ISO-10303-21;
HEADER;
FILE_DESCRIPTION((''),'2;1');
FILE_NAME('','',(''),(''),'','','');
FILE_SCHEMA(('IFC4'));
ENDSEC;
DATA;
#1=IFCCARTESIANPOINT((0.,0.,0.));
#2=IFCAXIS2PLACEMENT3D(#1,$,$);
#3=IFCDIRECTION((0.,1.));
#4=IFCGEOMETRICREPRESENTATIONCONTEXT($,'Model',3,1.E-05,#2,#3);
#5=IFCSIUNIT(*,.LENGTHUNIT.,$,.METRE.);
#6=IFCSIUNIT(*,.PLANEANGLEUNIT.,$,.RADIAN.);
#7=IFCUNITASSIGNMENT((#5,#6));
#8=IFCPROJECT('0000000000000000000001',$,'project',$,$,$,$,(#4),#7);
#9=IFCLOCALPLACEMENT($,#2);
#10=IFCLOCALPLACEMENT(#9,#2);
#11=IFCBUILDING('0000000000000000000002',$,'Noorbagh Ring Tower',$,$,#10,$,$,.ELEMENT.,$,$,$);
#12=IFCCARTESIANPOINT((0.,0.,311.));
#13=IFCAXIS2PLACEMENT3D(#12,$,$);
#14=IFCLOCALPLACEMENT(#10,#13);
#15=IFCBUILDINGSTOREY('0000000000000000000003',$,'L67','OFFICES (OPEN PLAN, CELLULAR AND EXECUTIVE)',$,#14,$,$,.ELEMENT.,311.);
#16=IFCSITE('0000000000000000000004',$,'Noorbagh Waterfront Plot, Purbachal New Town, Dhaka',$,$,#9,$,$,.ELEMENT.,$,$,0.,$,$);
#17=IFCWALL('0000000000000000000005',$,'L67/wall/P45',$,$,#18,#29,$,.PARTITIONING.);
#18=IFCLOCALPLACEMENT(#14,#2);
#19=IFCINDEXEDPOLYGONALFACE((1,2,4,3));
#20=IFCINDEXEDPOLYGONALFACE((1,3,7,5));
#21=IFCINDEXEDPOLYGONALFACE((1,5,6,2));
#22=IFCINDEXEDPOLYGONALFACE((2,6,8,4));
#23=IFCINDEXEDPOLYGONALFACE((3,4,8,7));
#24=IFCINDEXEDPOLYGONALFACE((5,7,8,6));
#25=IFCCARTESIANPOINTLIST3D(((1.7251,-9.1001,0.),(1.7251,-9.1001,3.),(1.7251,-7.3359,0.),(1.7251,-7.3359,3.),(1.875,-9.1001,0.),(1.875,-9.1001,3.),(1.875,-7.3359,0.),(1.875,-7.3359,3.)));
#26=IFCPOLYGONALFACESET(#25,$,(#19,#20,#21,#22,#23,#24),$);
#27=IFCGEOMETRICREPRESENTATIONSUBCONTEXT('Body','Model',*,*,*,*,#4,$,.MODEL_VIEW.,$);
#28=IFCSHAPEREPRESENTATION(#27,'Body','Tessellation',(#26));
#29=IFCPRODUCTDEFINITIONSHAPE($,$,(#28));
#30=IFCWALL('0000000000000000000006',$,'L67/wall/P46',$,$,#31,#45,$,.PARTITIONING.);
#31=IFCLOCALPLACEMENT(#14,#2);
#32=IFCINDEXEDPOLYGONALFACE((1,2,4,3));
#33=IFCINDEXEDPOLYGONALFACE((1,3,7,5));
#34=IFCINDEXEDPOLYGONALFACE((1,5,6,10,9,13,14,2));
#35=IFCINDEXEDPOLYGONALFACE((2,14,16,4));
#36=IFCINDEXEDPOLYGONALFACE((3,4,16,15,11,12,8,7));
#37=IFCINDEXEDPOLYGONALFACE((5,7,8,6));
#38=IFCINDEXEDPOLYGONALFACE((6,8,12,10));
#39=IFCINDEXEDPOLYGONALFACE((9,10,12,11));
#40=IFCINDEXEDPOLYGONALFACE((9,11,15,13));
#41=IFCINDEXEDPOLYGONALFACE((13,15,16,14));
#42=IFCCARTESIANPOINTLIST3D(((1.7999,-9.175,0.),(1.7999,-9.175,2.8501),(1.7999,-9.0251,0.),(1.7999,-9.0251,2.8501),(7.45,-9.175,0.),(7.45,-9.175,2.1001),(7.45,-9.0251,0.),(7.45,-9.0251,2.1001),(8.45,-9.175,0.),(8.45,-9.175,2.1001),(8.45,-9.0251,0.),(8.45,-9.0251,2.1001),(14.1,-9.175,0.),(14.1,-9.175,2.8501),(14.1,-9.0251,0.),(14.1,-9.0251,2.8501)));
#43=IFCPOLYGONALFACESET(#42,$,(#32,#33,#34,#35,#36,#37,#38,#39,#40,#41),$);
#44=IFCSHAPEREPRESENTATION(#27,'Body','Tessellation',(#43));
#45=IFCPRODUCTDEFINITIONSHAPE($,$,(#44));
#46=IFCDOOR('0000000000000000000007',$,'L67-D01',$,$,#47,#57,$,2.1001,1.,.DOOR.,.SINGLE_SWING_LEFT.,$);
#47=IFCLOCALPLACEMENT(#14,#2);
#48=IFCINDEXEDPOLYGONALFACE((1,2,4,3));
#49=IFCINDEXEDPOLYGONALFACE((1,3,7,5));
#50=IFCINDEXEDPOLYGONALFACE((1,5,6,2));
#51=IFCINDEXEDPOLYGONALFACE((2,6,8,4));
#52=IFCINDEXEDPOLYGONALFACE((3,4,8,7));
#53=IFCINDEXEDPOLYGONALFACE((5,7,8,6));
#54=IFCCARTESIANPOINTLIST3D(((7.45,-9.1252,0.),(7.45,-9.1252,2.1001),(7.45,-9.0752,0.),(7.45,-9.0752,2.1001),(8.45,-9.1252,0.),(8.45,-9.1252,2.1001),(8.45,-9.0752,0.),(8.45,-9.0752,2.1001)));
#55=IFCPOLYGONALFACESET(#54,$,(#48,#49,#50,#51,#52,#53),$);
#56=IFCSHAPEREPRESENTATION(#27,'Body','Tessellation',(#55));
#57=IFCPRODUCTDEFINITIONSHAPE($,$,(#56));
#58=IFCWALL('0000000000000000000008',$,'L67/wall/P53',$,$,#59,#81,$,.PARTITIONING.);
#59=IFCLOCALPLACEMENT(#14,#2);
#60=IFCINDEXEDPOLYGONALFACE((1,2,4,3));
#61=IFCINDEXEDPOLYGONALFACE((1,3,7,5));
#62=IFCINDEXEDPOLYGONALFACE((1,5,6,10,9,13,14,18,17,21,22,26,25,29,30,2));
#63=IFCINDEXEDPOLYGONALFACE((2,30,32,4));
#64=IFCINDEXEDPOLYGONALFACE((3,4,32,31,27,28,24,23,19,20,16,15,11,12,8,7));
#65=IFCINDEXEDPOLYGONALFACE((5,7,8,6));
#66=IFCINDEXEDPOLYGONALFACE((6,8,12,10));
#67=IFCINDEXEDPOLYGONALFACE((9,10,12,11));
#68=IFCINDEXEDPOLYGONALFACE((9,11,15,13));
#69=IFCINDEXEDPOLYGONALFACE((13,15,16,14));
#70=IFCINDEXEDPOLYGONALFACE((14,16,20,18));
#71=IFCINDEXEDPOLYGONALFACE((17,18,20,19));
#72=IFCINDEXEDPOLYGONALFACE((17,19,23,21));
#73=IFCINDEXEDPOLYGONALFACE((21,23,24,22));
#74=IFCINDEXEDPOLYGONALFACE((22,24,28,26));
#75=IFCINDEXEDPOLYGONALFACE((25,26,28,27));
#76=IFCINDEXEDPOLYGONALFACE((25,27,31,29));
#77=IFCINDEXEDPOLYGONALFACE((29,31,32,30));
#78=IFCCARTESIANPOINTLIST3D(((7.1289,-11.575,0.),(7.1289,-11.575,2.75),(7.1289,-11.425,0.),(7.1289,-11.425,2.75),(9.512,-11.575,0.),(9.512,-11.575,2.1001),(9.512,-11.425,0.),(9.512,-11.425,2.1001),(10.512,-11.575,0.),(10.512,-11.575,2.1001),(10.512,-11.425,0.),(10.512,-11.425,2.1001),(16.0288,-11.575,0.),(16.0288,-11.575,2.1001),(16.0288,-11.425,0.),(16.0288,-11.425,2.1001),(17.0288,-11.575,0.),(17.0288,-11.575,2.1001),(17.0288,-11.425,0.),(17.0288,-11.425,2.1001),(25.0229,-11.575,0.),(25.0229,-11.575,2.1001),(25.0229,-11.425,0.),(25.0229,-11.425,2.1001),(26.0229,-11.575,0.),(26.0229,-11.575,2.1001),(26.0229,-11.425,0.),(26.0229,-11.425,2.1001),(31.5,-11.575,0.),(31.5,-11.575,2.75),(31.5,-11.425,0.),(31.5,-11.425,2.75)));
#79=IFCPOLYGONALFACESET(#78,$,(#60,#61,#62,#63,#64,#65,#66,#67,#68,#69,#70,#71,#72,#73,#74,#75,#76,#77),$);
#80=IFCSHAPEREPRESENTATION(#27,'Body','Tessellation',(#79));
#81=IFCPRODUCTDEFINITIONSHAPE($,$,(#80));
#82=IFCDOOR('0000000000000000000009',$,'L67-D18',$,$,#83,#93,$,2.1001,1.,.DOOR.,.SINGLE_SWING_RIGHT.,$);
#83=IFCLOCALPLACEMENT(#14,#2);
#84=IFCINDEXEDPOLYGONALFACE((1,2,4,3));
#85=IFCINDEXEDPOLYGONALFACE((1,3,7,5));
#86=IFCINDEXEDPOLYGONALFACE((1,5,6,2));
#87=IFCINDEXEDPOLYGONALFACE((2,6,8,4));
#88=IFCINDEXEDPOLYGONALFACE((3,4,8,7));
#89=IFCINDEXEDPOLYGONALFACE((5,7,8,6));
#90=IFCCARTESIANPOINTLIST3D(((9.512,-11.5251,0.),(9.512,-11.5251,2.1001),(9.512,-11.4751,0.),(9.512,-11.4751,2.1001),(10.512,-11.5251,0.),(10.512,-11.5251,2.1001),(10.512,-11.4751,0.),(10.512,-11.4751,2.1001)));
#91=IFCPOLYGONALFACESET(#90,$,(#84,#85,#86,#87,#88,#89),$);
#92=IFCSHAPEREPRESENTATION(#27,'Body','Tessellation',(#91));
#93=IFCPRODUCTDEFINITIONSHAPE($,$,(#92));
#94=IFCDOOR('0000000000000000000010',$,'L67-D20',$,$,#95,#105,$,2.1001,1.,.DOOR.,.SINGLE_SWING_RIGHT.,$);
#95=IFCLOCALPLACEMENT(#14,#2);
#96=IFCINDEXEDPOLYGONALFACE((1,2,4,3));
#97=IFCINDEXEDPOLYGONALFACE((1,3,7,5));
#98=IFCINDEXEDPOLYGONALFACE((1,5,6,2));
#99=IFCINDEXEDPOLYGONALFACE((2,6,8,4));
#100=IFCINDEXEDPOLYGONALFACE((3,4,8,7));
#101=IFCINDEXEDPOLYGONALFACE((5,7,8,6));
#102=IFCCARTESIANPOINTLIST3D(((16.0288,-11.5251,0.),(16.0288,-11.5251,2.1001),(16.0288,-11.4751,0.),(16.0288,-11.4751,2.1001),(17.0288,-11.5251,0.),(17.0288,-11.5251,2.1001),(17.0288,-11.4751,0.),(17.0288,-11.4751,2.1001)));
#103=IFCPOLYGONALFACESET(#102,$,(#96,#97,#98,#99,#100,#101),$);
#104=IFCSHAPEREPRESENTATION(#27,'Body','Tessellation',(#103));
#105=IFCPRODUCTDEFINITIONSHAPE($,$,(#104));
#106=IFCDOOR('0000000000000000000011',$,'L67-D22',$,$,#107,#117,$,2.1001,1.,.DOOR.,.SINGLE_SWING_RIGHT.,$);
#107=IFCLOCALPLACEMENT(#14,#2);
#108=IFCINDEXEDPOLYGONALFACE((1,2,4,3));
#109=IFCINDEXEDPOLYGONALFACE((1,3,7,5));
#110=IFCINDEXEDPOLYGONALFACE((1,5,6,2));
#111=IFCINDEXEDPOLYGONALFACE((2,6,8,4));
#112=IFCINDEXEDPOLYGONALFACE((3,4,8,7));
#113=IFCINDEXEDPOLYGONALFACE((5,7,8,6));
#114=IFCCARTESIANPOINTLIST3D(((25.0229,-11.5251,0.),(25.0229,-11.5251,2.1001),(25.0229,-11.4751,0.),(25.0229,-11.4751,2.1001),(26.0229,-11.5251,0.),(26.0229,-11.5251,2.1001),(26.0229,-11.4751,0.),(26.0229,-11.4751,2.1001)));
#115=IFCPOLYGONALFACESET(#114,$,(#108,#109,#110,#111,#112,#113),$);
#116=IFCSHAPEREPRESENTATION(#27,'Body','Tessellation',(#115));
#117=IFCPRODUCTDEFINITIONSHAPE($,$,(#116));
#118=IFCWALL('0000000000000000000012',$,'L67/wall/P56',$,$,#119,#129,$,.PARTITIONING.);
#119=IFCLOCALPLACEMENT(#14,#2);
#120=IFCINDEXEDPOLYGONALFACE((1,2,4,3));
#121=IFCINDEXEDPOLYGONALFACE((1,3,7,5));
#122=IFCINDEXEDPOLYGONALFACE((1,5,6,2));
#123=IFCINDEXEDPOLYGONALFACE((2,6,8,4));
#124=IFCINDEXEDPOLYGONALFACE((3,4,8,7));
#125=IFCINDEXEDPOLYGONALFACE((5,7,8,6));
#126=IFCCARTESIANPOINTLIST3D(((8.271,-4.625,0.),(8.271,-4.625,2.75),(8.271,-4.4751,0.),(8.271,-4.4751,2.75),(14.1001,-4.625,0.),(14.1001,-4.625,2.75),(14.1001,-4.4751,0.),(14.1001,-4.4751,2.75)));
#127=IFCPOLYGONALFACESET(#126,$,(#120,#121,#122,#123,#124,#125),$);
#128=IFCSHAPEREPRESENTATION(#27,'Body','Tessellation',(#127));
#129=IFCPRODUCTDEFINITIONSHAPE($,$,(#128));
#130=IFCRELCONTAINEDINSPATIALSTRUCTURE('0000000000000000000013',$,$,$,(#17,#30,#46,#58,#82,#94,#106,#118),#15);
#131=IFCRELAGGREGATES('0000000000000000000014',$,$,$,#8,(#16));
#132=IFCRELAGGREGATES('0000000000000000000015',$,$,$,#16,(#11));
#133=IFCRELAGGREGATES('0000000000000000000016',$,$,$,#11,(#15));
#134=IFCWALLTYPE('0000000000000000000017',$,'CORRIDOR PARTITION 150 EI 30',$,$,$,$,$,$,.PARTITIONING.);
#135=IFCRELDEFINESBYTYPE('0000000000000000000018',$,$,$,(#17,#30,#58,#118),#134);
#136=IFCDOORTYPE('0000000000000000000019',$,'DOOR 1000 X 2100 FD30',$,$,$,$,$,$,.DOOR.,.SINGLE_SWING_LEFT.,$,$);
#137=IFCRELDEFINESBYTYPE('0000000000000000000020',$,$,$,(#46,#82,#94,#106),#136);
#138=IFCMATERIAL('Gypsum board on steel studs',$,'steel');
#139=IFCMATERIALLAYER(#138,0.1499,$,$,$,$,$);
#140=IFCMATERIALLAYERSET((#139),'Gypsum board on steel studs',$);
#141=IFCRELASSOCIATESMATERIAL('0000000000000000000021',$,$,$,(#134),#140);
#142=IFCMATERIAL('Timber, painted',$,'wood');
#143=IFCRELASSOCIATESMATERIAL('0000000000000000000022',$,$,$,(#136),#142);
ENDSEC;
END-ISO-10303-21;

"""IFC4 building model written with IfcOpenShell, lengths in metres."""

from ifc_helpers import new_model, si_unit, direction, frame, frame_2d, origin, place, context, subcontext, project, spatial, rectangle, extrude, material, layer, layer_set, type_object, element, fill, save


model = new_model("IFC4")

# Units and contexts
model_context = context("Model", 3, precision=1e-05, world=origin(), true_north=direction((0.0, 1.0)))
body_context = subcontext(model_context, "Body", "Model", "MODEL_VIEW")
ifc_project = project(units=[si_unit("LENGTHUNIT", "METRE"), si_unit("PLANEANGLEUNIT", "RADIAN")], contexts=[model_context])

# Site, building, storey
site_placement = place(None, origin())
site = spatial("IfcSite", under=ifc_project, at=site_placement, Name="Noorbagh Waterfront Plot, Purbachal New Town, Dhaka", CompositionType="ELEMENT", RefElevation=0.0)
building_placement = place(site_placement, origin())
building = spatial("IfcBuilding", under=site, at=building_placement, Name="Noorbagh Ring Tower", CompositionType="ELEMENT")
storey_placement = place(building_placement, frame((0.0, 0.0, 311.0)))
storey = spatial("IfcBuildingStorey", under=building, at=storey_placement, Name="L67", Description="OFFICES (OPEN PLAN, CELLULAR AND EXECUTIVE)", CompositionType="ELEMENT", Elevation=311.0)

# Wall
ifc_material_1 = material(Name="Gypsum board on steel studs", Category="steel")
ifc_layer_1 = layer(ifc_material_1, 0.1499)
ifc_layer_set_1 = layer_set([ifc_layer_1], Name="Gypsum board on steel studs")
wall_type_1 = type_object("IfcWallType", Name="CORRIDOR PARTITION 150 EI 30", PredefinedType="PARTITIONING", material=ifc_layer_set_1)
wall_1_placement = place(storey_placement, frame((1.8, -9.1001, 0.0), z_axis=(0.0, 0.0, 1.0), x_axis=(0.0, 1.0, 0.0)))
element("IfcWall", 1, at=wall_1_placement, inside=storey, type_object=wall_type_1, Name="L67/wall/P45", PredefinedType="PARTITIONING", context=body_context, shape_type="SweptSolid", body=[
    extrude(rectangle(XDim=1.7642, YDim=0.1499, at=frame_2d((0.8821, 0.0))), origin(), (0.0, 0.0, 1.0), 3.0),
])

# Wall, opening, door
wall_2_placement = place(storey_placement, frame((1.8, -9.1001, 0.0), z_axis=(0.0, 0.0, 1.0), x_axis=(1.0, 0.0, 0.0)))
wall_2 = element("IfcWall", 2, at=wall_2_placement, inside=storey, type_object=wall_type_1, Name="L67/wall/P46", PredefinedType="PARTITIONING", context=body_context, shape_type="SweptSolid", body=[
    extrude(rectangle(XDim=12.3, YDim=0.1499, at=frame_2d((6.1499, 0.0))), origin(), (0.0, 0.0, 1.0), 2.8501),
])
opening_1_placement = place(wall_2_placement, frame((5.6499, 0.0, 0.0)))
opening_1 = element("IfcOpeningElement", 3, at=opening_1_placement, cuts=wall_2, PredefinedType="OPENING", context=body_context, shape_type="SweptSolid", body=[
    extrude(rectangle(XDim=1.0, YDim=2.1001, at=frame_2d((0.5, 1.05))), frame((0.0, 0.085, 0.0), z_axis=(0.0, -1.0, 0.0), x_axis=(1.0, 0.0, 0.0)), (0.0, 0.0, 1.0), 0.1699),
])
ifc_material_2 = material(Name="Timber, painted", Category="wood")
door_type_1 = type_object("IfcDoorType", Name="DOOR 1000 X 2100 FD30", OperationType="SINGLE_SWING_LEFT", PredefinedType="DOOR", material=ifc_material_2)
door_1_placement = place(opening_1_placement, origin())
door_1 = element("IfcDoor", 4, at=door_1_placement, inside=storey, type_object=door_type_1, Name="L67-D01", OperationType="SINGLE_SWING_LEFT", OverallHeight=2.1001, OverallWidth=1.0, PredefinedType="DOOR", context=body_context, shape_type="SweptSolid", body=[
    extrude(rectangle(XDim=1.0, YDim=2.1001, at=frame_2d((0.5, 1.05))), frame((0.0, 0.0249, 0.0), z_axis=(0.0, -1.0, 0.0), x_axis=(1.0, 0.0, 0.0)), (0.0, 0.0, 1.0), 0.05),
])
fill(opening_1, door_1)

# Wall, openings, doors
wall_3_placement = place(storey_placement, frame((7.1289, -11.5, 0.0), z_axis=(0.0, 0.0, 1.0), x_axis=(1.0, 0.0, 0.0)))
wall_3 = element("IfcWall", 5, at=wall_3_placement, inside=storey, type_object=wall_type_1, Name="L67/wall/P53", PredefinedType="PARTITIONING", context=body_context, shape_type="SweptSolid", body=[
    extrude(rectangle(XDim=24.3711, YDim=0.1499, at=frame_2d((12.1855, 0.0))), origin(), (0.0, 0.0, 1.0), 2.75),
])
opening_2_placement = place(wall_3_placement, frame((2.3831, 0.0, 0.0)))
opening_2 = element("IfcOpeningElement", 6, at=opening_2_placement, cuts=wall_3, PredefinedType="OPENING", context=body_context, shape_type="SweptSolid", body=[
    extrude(rectangle(XDim=1.0, YDim=2.1001, at=frame_2d((0.5, 1.05))), frame((0.0, 0.085, 0.0), z_axis=(0.0, -1.0, 0.0), x_axis=(1.0, 0.0, 0.0)), (0.0, 0.0, 1.0), 0.1699),
])
opening_3_placement = place(wall_3_placement, frame((8.8999, 0.0, 0.0)))
opening_3 = element("IfcOpeningElement", 7, at=opening_3_placement, cuts=wall_3, PredefinedType="OPENING", context=body_context, shape_type="SweptSolid", body=[
    extrude(rectangle(XDim=1.0, YDim=2.1001, at=frame_2d((0.5, 1.05))), frame((0.0, 0.085, 0.0), z_axis=(0.0, -1.0, 0.0), x_axis=(1.0, 0.0, 0.0)), (0.0, 0.0, 1.0), 0.1699),
])
opening_4_placement = place(wall_3_placement, frame((17.894, 0.0, 0.0)))
opening_4 = element("IfcOpeningElement", 8, at=opening_4_placement, cuts=wall_3, PredefinedType="OPENING", context=body_context, shape_type="SweptSolid", body=[
    extrude(rectangle(XDim=1.0, YDim=2.1001, at=frame_2d((0.5, 1.05))), frame((0.0, 0.085, 0.0), z_axis=(0.0, -1.0, 0.0), x_axis=(1.0, 0.0, 0.0)), (0.0, 0.0, 1.0), 0.1699),
])
door_2_placement = place(opening_2_placement, origin())
door_2 = element("IfcDoor", 9, at=door_2_placement, inside=storey, type_object=door_type_1, Name="L67-D18", OperationType="SINGLE_SWING_RIGHT", OverallHeight=2.1001, OverallWidth=1.0, PredefinedType="DOOR", context=body_context, shape_type="SweptSolid", body=[
    extrude(rectangle(XDim=1.0, YDim=2.1001, at=frame_2d((0.5, 1.05))), frame((0.0, 0.0249, 0.0), z_axis=(0.0, -1.0, 0.0), x_axis=(1.0, 0.0, 0.0)), (0.0, 0.0, 1.0), 0.05),
])
fill(opening_2, door_2)
door_3_placement = place(opening_3_placement, origin())
door_3 = element("IfcDoor", 10, at=door_3_placement, inside=storey, type_object=door_type_1, Name="L67-D20", OperationType="SINGLE_SWING_RIGHT", OverallHeight=2.1001, OverallWidth=1.0, PredefinedType="DOOR", context=body_context, shape_type="SweptSolid", body=[
    extrude(rectangle(XDim=1.0, YDim=2.1001, at=frame_2d((0.5, 1.05))), frame((0.0, 0.0249, 0.0), z_axis=(0.0, -1.0, 0.0), x_axis=(1.0, 0.0, 0.0)), (0.0, 0.0, 1.0), 0.05),
])
fill(opening_3, door_3)
door_4_placement = place(opening_4_placement, origin())
door_4 = element("IfcDoor", 11, at=door_4_placement, inside=storey, type_object=door_type_1, Name="L67-D22", OperationType="SINGLE_SWING_RIGHT", OverallHeight=2.1001, OverallWidth=1.0, PredefinedType="DOOR", context=body_context, shape_type="SweptSolid", body=[
    extrude(rectangle(XDim=1.0, YDim=2.1001, at=frame_2d((0.5, 1.05))), frame((0.0, 0.0249, 0.0), z_axis=(0.0, -1.0, 0.0), x_axis=(1.0, 0.0, 0.0)), (0.0, 0.0, 1.0), 0.05),
])
fill(opening_4, door_4)

# Wall
wall_4_placement = place(storey_placement, frame((8.271, -4.55, 0.0), z_axis=(0.0, 0.0, 1.0), x_axis=(1.0, 0.0, 0.0)))
element("IfcWall", 12, at=wall_4_placement, inside=storey, type_object=wall_type_1, Name="L67/wall/P56", PredefinedType="PARTITIONING", context=body_context, shape_type="SweptSolid", body=[
    extrude(rectangle(XDim=5.8291, YDim=0.1499, at=frame_2d((2.9146, 0.0))), origin(), (0.0, 0.0, 1.0), 2.75),
])

save(model, "model.ifc")
